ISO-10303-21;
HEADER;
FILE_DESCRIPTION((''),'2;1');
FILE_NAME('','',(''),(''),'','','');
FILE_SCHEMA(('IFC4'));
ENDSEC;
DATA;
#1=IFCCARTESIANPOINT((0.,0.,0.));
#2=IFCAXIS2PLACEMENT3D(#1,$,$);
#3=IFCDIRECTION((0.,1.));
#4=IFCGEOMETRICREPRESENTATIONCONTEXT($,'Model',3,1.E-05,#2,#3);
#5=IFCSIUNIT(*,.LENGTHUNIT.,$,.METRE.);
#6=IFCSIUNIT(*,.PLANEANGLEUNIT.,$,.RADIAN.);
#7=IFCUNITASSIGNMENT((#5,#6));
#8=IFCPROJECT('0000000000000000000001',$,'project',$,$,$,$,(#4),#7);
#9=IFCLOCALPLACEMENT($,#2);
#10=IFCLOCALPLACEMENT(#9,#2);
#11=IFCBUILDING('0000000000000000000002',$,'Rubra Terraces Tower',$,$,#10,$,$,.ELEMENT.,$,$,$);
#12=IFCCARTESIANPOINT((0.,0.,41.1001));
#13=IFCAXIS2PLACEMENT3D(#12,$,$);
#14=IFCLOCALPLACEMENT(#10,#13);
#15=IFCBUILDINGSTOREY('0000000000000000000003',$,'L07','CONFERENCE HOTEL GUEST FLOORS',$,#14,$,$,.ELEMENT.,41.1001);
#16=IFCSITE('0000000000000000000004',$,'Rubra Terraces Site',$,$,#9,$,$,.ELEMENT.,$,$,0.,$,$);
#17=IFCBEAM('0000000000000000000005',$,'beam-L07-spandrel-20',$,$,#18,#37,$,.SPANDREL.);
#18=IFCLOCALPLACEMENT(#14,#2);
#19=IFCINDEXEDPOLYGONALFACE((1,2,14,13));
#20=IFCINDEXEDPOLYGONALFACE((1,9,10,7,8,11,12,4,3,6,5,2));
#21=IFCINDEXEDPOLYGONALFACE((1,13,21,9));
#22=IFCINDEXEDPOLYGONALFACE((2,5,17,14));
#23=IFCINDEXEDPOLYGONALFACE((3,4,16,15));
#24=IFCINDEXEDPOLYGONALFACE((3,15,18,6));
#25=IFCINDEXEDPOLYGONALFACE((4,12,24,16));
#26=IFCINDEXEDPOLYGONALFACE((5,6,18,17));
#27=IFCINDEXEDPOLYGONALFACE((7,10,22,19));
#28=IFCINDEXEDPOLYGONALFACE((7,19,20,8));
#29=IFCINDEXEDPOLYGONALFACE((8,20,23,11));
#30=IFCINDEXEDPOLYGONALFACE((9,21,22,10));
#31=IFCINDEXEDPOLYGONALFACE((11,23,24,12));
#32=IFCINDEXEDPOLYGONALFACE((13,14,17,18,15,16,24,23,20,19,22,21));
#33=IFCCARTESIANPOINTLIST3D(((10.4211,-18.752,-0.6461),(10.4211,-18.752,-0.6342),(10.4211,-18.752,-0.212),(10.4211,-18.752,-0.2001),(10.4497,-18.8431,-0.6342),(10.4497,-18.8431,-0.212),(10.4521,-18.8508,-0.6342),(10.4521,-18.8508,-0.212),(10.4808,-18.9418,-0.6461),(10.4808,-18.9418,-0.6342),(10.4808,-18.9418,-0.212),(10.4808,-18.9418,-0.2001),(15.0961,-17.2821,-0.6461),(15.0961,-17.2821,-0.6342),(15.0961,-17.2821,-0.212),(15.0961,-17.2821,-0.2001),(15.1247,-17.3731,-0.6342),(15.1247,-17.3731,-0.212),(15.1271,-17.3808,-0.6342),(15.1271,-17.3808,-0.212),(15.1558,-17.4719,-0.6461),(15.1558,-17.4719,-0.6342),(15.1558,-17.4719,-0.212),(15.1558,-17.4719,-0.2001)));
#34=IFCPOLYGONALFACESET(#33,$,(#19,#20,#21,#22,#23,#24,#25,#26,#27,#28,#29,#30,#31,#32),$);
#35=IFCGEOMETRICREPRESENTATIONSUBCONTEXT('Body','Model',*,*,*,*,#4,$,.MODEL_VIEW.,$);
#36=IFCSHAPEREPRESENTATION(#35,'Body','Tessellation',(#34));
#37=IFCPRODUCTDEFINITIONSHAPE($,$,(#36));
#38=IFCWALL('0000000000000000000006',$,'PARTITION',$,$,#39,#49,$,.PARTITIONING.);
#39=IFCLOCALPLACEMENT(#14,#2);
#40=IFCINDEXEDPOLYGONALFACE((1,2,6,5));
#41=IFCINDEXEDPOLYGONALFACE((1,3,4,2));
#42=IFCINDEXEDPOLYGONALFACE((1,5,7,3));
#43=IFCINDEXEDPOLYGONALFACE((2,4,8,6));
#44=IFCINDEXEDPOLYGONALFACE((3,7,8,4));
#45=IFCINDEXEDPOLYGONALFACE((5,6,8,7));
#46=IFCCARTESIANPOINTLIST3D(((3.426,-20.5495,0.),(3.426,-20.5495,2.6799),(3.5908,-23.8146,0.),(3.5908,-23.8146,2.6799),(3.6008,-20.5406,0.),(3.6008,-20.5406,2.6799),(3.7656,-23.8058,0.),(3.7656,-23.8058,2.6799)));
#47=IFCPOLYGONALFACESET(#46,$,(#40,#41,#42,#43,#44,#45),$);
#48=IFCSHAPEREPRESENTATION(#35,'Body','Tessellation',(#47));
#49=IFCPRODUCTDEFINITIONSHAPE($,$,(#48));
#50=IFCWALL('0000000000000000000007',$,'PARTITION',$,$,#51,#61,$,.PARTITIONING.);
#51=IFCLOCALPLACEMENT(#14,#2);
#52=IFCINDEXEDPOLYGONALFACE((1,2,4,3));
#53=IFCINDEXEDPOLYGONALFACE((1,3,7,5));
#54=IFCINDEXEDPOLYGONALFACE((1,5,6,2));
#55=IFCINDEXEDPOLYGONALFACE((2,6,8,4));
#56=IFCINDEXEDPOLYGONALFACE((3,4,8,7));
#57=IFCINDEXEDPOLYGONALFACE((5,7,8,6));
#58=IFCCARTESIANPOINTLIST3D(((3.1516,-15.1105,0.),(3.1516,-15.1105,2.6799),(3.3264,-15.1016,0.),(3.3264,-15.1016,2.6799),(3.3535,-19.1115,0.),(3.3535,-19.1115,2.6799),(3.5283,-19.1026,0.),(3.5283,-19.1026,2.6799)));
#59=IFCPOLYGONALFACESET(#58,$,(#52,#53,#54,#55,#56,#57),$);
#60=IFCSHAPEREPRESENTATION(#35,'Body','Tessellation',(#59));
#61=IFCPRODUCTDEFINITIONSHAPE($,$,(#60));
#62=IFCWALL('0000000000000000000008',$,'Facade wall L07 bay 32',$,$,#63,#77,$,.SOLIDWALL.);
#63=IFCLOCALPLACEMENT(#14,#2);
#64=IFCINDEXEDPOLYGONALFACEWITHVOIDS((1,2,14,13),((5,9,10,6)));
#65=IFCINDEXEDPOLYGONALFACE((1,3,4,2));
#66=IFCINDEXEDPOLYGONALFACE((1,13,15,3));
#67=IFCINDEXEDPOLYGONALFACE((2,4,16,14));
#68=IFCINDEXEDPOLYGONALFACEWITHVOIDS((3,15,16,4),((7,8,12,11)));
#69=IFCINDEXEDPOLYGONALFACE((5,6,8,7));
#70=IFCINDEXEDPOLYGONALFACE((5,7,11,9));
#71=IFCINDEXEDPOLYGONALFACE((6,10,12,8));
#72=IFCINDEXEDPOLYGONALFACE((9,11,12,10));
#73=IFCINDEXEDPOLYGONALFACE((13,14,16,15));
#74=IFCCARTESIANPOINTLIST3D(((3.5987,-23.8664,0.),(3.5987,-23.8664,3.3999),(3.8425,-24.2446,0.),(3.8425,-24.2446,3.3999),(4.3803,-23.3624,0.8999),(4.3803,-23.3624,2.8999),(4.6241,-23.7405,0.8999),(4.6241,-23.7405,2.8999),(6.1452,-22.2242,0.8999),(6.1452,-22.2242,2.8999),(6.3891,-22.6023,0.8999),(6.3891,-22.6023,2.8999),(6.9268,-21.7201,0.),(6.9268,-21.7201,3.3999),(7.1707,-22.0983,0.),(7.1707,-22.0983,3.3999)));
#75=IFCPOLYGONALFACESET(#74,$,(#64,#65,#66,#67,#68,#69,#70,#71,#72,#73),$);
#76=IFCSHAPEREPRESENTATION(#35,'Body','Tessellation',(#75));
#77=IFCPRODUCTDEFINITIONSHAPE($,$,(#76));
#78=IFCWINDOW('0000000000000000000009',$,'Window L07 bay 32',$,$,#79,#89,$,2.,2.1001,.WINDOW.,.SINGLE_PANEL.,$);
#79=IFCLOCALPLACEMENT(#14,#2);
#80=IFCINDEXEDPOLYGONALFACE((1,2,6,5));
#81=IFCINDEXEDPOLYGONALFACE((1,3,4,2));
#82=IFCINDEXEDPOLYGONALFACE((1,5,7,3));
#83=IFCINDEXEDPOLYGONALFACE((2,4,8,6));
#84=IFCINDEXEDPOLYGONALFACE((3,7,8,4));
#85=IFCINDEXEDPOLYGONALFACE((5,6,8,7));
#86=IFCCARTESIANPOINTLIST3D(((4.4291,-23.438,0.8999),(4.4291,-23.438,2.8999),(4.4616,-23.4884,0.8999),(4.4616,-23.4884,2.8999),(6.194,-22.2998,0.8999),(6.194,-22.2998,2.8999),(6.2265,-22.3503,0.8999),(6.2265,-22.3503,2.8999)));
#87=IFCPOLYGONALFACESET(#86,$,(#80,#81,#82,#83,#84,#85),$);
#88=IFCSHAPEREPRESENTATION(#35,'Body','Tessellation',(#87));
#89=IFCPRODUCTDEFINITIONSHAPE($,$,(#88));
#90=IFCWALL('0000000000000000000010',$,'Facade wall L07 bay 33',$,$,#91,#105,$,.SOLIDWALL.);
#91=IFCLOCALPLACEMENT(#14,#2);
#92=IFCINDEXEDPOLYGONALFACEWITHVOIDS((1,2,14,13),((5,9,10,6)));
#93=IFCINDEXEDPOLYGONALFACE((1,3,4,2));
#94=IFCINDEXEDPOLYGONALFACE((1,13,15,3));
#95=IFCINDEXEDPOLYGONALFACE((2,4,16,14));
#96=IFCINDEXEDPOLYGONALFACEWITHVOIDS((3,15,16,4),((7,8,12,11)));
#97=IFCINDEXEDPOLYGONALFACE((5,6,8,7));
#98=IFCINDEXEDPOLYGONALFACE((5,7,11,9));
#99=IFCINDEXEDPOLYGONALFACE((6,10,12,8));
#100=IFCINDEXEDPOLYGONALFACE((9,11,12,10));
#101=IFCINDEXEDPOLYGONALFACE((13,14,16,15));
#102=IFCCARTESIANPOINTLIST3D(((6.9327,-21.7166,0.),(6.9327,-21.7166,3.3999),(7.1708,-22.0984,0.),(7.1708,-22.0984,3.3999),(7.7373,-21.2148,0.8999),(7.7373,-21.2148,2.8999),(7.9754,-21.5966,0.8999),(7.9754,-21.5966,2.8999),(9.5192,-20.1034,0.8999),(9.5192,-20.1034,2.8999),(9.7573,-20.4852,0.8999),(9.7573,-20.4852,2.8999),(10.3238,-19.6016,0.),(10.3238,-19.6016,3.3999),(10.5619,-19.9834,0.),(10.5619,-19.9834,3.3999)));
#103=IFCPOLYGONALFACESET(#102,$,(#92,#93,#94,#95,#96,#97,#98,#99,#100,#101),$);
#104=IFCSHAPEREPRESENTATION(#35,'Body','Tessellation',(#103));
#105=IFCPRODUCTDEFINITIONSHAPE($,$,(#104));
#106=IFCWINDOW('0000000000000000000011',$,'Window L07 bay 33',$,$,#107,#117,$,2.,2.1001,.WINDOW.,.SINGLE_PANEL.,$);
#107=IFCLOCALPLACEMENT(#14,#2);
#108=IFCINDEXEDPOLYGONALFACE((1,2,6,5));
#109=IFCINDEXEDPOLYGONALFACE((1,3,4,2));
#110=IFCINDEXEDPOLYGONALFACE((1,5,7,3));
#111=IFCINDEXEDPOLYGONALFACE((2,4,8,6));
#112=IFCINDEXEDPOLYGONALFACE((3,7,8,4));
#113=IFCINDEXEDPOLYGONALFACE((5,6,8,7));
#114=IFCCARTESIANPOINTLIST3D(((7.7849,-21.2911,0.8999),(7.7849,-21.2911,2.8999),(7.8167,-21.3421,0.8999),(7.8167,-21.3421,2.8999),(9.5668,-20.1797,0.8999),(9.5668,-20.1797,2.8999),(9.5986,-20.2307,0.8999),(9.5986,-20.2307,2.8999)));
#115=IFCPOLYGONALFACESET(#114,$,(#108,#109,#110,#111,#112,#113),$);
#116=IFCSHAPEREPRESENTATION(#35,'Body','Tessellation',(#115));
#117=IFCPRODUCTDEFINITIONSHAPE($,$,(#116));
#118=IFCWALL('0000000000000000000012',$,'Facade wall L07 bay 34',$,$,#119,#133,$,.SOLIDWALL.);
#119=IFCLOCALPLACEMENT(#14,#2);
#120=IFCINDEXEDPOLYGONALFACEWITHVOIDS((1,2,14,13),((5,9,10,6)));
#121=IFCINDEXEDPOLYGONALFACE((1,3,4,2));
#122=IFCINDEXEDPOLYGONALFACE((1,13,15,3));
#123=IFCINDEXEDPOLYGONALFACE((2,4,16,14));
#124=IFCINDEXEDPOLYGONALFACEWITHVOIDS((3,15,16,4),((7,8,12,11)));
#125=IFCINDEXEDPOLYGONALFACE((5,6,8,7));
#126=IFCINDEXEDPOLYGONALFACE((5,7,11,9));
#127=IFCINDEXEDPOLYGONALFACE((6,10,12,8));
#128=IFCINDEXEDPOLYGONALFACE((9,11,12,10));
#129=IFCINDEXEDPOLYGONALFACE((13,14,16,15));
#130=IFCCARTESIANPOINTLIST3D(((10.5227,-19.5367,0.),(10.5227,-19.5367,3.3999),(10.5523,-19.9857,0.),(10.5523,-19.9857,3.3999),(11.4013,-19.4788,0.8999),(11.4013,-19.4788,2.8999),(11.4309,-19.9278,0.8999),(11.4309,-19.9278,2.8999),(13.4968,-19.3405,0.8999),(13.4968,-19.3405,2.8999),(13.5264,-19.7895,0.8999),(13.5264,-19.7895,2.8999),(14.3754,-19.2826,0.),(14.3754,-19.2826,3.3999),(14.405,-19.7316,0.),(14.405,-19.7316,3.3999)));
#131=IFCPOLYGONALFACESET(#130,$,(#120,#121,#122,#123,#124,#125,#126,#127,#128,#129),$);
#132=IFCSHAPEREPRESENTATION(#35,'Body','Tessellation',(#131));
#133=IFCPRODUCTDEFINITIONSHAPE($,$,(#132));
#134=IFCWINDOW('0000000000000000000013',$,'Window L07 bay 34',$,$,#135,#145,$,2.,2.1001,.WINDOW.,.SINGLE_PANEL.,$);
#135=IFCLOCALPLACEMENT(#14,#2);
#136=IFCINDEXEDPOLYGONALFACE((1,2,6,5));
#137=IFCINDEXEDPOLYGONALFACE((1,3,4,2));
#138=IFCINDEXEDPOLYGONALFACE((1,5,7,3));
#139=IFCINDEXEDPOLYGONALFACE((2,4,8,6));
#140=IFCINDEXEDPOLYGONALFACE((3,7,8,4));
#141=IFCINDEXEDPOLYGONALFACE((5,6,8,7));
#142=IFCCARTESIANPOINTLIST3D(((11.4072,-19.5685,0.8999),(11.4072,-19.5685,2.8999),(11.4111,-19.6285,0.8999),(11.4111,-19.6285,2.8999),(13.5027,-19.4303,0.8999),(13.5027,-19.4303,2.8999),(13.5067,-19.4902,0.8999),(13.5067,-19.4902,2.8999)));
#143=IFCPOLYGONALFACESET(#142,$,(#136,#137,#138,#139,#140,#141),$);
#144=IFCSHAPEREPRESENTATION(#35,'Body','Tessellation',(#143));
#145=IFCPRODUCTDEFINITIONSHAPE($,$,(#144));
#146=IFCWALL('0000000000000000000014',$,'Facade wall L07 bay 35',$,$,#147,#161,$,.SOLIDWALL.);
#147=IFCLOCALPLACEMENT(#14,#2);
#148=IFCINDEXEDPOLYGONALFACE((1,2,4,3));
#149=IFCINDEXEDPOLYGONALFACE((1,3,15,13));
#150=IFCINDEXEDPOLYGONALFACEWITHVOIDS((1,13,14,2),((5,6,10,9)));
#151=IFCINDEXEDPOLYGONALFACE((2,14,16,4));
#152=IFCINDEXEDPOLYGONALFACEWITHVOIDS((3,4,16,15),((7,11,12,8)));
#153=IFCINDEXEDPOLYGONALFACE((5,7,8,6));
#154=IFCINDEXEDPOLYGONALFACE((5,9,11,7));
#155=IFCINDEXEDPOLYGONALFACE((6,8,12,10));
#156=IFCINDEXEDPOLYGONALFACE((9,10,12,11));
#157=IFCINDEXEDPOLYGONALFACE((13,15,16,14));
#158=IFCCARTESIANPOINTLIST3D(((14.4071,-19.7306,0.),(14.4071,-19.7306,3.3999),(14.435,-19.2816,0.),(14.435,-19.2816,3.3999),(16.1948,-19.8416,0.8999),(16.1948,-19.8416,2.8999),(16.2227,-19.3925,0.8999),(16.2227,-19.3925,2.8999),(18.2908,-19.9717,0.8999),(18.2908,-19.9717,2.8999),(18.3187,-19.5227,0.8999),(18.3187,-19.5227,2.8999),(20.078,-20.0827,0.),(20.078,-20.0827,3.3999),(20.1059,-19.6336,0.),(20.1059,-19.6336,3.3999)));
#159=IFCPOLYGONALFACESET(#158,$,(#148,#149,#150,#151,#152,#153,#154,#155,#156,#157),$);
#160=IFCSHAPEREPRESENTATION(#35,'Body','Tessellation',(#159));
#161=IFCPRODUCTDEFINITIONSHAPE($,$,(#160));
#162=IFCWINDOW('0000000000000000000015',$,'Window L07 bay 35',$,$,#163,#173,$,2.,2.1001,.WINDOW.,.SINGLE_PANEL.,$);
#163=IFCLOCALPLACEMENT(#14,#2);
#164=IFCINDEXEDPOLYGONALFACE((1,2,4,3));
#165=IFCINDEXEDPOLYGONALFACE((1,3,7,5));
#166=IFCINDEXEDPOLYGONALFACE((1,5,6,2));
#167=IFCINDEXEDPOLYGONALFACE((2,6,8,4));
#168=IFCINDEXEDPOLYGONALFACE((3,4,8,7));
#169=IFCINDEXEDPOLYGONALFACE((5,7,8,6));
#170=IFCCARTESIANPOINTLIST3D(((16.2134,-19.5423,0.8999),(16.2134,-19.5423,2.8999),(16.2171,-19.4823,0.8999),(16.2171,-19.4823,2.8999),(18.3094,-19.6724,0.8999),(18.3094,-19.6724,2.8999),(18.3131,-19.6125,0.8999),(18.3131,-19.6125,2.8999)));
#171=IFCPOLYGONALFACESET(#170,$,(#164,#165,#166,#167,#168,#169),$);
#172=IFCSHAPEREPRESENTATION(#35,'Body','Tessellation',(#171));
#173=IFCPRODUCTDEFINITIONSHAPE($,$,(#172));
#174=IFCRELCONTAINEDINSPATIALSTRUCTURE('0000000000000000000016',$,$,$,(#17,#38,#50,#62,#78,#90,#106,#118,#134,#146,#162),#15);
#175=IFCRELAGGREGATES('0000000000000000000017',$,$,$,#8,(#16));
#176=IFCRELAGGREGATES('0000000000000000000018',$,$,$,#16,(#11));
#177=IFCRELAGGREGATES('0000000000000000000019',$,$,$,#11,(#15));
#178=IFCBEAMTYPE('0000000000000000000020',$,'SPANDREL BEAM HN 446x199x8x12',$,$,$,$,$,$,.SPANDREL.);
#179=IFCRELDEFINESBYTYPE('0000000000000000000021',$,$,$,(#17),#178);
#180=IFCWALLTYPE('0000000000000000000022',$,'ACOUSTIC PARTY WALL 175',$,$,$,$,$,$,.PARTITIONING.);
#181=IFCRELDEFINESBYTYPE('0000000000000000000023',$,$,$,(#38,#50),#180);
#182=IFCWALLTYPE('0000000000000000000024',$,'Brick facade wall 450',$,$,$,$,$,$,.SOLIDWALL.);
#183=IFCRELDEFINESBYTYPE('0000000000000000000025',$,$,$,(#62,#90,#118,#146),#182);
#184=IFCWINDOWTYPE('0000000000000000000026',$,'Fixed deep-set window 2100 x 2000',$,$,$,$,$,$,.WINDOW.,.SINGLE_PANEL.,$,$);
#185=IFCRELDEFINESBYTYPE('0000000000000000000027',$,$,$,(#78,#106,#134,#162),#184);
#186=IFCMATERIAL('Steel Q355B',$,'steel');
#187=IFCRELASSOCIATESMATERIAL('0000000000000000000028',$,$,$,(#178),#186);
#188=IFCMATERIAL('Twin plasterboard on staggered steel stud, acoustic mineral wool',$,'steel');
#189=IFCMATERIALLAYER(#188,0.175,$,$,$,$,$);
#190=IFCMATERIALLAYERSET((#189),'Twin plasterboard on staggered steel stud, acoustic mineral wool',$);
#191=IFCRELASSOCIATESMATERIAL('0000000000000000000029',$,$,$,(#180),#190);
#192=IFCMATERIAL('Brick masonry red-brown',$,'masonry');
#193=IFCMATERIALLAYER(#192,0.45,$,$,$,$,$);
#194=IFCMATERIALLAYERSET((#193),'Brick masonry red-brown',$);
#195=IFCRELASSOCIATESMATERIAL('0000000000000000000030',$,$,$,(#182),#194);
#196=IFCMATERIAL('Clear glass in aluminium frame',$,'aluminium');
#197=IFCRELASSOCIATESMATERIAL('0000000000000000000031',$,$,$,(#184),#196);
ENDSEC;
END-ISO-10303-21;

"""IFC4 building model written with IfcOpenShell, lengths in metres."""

from ifc_helpers import new_model, si_unit, direction, frame, frame_2d, origin, origin_2d, place, context, subcontext, project, spatial, rectangle, i_section, extrude, material, layer, layer_set, material_profile, profile_set, type_object, element, fill, save


model = new_model("IFC4")

# Units and contexts
model_context = context("Model", 3, precision=1e-05, world=origin(), true_north=direction((0.0, 1.0)))
body_context = subcontext(model_context, "Body", "Model", "MODEL_VIEW")
ifc_project = project(units=[si_unit("LENGTHUNIT", "METRE"), si_unit("PLANEANGLEUNIT", "RADIAN")], contexts=[model_context])

# Site, building, storey
site_placement = place(None, origin())
site = spatial("IfcSite", under=ifc_project, at=site_placement, Name="Rubra Terraces Site", CompositionType="ELEMENT", RefElevation=0.0)
building_placement = place(site_placement, origin())
building = spatial("IfcBuilding", under=site, at=building_placement, Name="Rubra Terraces Tower", CompositionType="ELEMENT")
storey_placement = place(building_placement, frame((0.0, 0.0, 41.1001)))
storey = spatial("IfcBuildingStorey", under=building, at=storey_placement, Name="L07", Description="CONFERENCE HOTEL GUEST FLOORS", CompositionType="ELEMENT", Elevation=41.1001)

# Beam
ifc_material_1 = material(Name="Steel Q355B", Category="steel")
ifc_material_profile_1 = material_profile(ifc_material_1, i_section(OverallWidth=0.199, OverallDepth=0.446, WebThickness=0.0081, FlangeThickness=0.012, at=origin_2d()), Name="HN 446x199x8x12")
ifc_profile_set_1 = profile_set([ifc_material_profile_1], Name="Steel Q355B")
beam_type_1 = type_object("IfcBeamType", Name="SPANDREL BEAM HN 446x199x8x12", PredefinedType="SPANDREL", material=ifc_profile_set_1)
beam_1_placement = place(storey_placement, frame((10.4509, -18.8469, -0.4231), z_axis=(0.953955, 0.299951, 0.0), x_axis=(-0.299951, 0.953955, 0.0)))
element("IfcBeam", 1, at=beam_1_placement, inside=storey, type_object=beam_type_1, Name="beam-L07-spandrel-20", PredefinedType="SPANDREL", context=body_context, shape_type="SweptSolid", body=[
    extrude(i_section(OverallWidth=0.199, OverallDepth=0.446, WebThickness=0.0081, FlangeThickness=0.012, at=origin_2d()), origin(), (0.0, 0.0, 1.0), 4.9006),
])

# Walls
ifc_material_2 = material(Name="Twin plasterboard on staggered steel stud, acoustic mineral wool", Category="steel")
ifc_layer_1 = layer(ifc_material_2, 0.175)
ifc_layer_set_1 = layer_set([ifc_layer_1], Name="Twin plasterboard on staggered steel stud, acoustic mineral wool")
wall_type_1 = type_object("IfcWallType", Name="ACOUSTIC PARTY WALL 175", PredefinedType="PARTITIONING", material=ifc_layer_set_1)
wall_1_placement = place(storey_placement, frame((3.6782, -23.8103, 0.0), z_axis=(0.0, 0.0, 1.0), x_axis=(-0.050407, 0.998729, 0.0)))
element("IfcWall", 2, at=wall_1_placement, inside=storey, type_object=wall_type_1, Name="PARTITION", PredefinedType="PARTITIONING", context=body_context, shape_type="SweptSolid", body=[
    extrude(rectangle(XDim=3.2693, YDim=0.175, at=frame_2d((1.6348, 0.0))), origin(), (0.0, 0.0, 1.0), 2.6799),
])
wall_2_placement = place(storey_placement, frame((3.4409, -19.1069, 0.0), z_axis=(0.0, 0.0, 1.0), x_axis=(-0.0504, 0.998729, 0.0)))
element("IfcWall", 3, at=wall_2_placement, inside=storey, type_object=wall_type_1, Name="PARTITION", PredefinedType="PARTITIONING", context=body_context, shape_type="SweptSolid", body=[
    extrude(rectangle(XDim=4.0061, YDim=0.175, at=frame_2d((2.0029, 0.0))), origin(), (0.0, 0.0, 1.0), 2.6799),
])

# Walls, openings, windows
ifc_material_3 = material(Name="Brick masonry red-brown", Category="masonry")
ifc_layer_2 = layer(ifc_material_3, 0.45)
ifc_layer_set_2 = layer_set([ifc_layer_2], Name="Brick masonry red-brown")
wall_type_2 = type_object("IfcWallType", Name="Brick facade wall 450", PredefinedType="SOLIDWALL", material=ifc_layer_set_2)
wall_3_placement = place(storey_placement, frame((3.7207, -24.0554, 0.0), z_axis=(0.0, 0.0, 1.0), x_axis=(0.840404, 0.54196, 0.0)))
wall_3 = element("IfcWall", 4, at=wall_3_placement, inside=storey, type_object=wall_type_2, Name="Facade wall L07 bay 32", PredefinedType="SOLIDWALL", context=body_context, shape_type="SweptSolid", body=[
    extrude(rectangle(XDim=3.9602, YDim=0.45, at=frame_2d((1.98, 0.0))), origin(), (0.0, 0.0, 1.0), 3.3999),
])
opening_1_placement = place(wall_3_placement, frame((0.9299, 0.0, 0.8999)))
opening_1 = element("IfcOpeningElement", 5, at=opening_1_placement, cuts=wall_3, PredefinedType="OPENING", context=body_context, shape_type="SweptSolid", body=[
    extrude(rectangle(XDim=2.1001, YDim=2.0, at=frame_2d((1.05, 1.0))), frame((0.0, 0.2349, 0.0), z_axis=(0.0, -1.0, 0.0), x_axis=(1.0, 0.0, 0.0)), (0.0, 0.0, 1.0), 0.47),
])
ifc_material_4 = material(Name="Clear glass in aluminium frame", Category="aluminium")
window_type = type_object("IfcWindowType", Name="Fixed deep-set window 2100 x 2000", PartitioningType="SINGLE_PANEL", PredefinedType="WINDOW", material=ifc_material_4)
window_1_placement = place(opening_1_placement, origin())
window_1 = element("IfcWindow", 6, at=window_1_placement, inside=storey, type_object=window_type, Name="Window L07 bay 32", OverallHeight=2.0, OverallWidth=2.1001, PartitioningType="SINGLE_PANEL", PredefinedType="WINDOW", context=body_context, shape_type="SweptSolid", body=[
    extrude(rectangle(XDim=2.1001, YDim=2.0, at=frame_2d((1.05, 1.0))), frame((0.0, 0.135, 0.0), z_axis=(0.0, -1.0, 0.0), x_axis=(1.0, 0.0, 0.0)), (0.0, 0.0, 1.0), 0.0601),
])
fill(opening_1, window_1)
wall_4_placement = place(storey_placement, frame((7.0518, -21.9075, 0.0), z_axis=(0.0, 0.0, 1.0), x_axis=(0.848499, 0.529197, 0.0)))
wall_4 = element("IfcWall", 7, at=wall_4_placement, inside=storey, type_object=wall_type_2, Name="Facade wall L07 bay 33", PredefinedType="SOLIDWALL", context=body_context, shape_type="SweptSolid", body=[
    extrude(rectangle(XDim=3.9966, YDim=0.45, at=frame_2d((1.9983, 0.0))), origin(), (0.0, 0.0, 1.0), 3.3999),
])
opening_2_placement = place(wall_4_placement, frame((0.9482, 0.0, 0.8999)))
opening_2 = element("IfcOpeningElement", 8, at=opening_2_placement, cuts=wall_4, PredefinedType="OPENING", context=body_context, shape_type="SweptSolid", body=[
    extrude(rectangle(XDim=2.1001, YDim=2.0, at=frame_2d((1.05, 1.0))), frame((0.0, 0.2349, 0.0), z_axis=(0.0, -1.0, 0.0), x_axis=(1.0, 0.0, 0.0)), (0.0, 0.0, 1.0), 0.47),
])
window_2_placement = place(opening_2_placement, origin())
window_2 = element("IfcWindow", 9, at=window_2_placement, inside=storey, type_object=window_type, Name="Window L07 bay 33", OverallHeight=2.0, OverallWidth=2.1001, PartitioningType="SINGLE_PANEL", PredefinedType="WINDOW", context=body_context, shape_type="SweptSolid", body=[
    extrude(rectangle(XDim=2.1001, YDim=2.0, at=frame_2d((1.05, 1.0))), frame((0.0, 0.135, 0.0), z_axis=(0.0, -1.0, 0.0), x_axis=(1.0, 0.0, 0.0)), (0.0, 0.0, 1.0), 0.0601),
])
fill(opening_2, window_2)
wall_5_placement = place(storey_placement, frame((10.5374, -19.7612, 0.0), z_axis=(0.0, 0.0, 1.0), x_axis=(0.997831, 0.065822, 0.0)))
wall_5 = element("IfcWall", 10, at=wall_5_placement, inside=storey, type_object=wall_type_2, Name="Facade wall L07 bay 34", PredefinedType="SOLIDWALL", context=body_context, shape_type="SweptSolid", body=[
    extrude(rectangle(XDim=3.8611, YDim=0.45, at=frame_2d((1.9307, 0.0))), origin(), (0.0, 0.0, 1.0), 3.3999),
])
opening_3_placement = place(wall_5_placement, frame((0.8806, 0.0, 0.8999)))
opening_3 = element("IfcOpeningElement", 11, at=opening_3_placement, cuts=wall_5, PredefinedType="OPENING", context=body_context, shape_type="SweptSolid", body=[
    extrude(rectangle(XDim=2.1001, YDim=2.0, at=frame_2d((1.05, 1.0))), frame((0.0, 0.2349, 0.0), z_axis=(0.0, -1.0, 0.0), x_axis=(1.0, 0.0, 0.0)), (0.0, 0.0, 1.0), 0.47),
])
window_3_placement = place(opening_3_placement, origin())
window_3 = element("IfcWindow", 12, at=window_3_placement, inside=storey, type_object=window_type, Name="Window L07 bay 34", OverallHeight=2.0, OverallWidth=2.1001, PartitioningType="SINGLE_PANEL", PredefinedType="WINDOW", context=body_context, shape_type="SweptSolid", body=[
    extrude(rectangle(XDim=2.1001, YDim=2.0, at=frame_2d((1.05, 1.0))), frame((0.0, 0.135, 0.0), z_axis=(0.0, -1.0, 0.0), x_axis=(1.0, 0.0, 0.0)), (0.0, 0.0, 1.0), 0.0601),
])
fill(opening_3, window_3)
wall_6_placement = place(storey_placement, frame((14.4211, -19.5061, 0.0), z_axis=(0.0, 0.0, 1.0), x_axis=(0.998079, -0.061961, 0.0)))
wall_6 = element("IfcWall", 13, at=wall_6_placement, inside=storey, type_object=wall_type_2, Name="Facade wall L07 bay 35", PredefinedType="SOLIDWALL", context=body_context, shape_type="SweptSolid", body=[
    extrude(rectangle(XDim=5.6819, YDim=0.45, at=frame_2d((2.8408, 0.0))), origin(), (0.0, 0.0, 1.0), 3.3999),
])
opening_4_placement = place(wall_6_placement, frame((1.791, 0.0, 0.8999)))
opening_4 = element("IfcOpeningElement", 14, at=opening_4_placement, cuts=wall_6, PredefinedType="OPENING", context=body_context, shape_type="SweptSolid", body=[
    extrude(rectangle(XDim=2.1001, YDim=2.0, at=frame_2d((1.05, 1.0))), frame((0.0, 0.2349, 0.0), z_axis=(0.0, -1.0, 0.0), x_axis=(1.0, 0.0, 0.0)), (0.0, 0.0, 1.0), 0.47),
])
window_4_placement = place(opening_4_placement, origin())
window_4 = element("IfcWindow", 15, at=window_4_placement, inside=storey, type_object=window_type, Name="Window L07 bay 35", OverallHeight=2.0, OverallWidth=2.1001, PartitioningType="SINGLE_PANEL", PredefinedType="WINDOW", context=body_context, shape_type="SweptSolid", body=[
    extrude(rectangle(XDim=2.1001, YDim=2.0, at=frame_2d((1.05, 1.0))), frame((0.0, 0.135, 0.0), z_axis=(0.0, -1.0, 0.0), x_axis=(1.0, 0.0, 0.0)), (0.0, 0.0, 1.0), 0.0601),
])
fill(opening_4, window_4)

save(model, "model.ifc")
